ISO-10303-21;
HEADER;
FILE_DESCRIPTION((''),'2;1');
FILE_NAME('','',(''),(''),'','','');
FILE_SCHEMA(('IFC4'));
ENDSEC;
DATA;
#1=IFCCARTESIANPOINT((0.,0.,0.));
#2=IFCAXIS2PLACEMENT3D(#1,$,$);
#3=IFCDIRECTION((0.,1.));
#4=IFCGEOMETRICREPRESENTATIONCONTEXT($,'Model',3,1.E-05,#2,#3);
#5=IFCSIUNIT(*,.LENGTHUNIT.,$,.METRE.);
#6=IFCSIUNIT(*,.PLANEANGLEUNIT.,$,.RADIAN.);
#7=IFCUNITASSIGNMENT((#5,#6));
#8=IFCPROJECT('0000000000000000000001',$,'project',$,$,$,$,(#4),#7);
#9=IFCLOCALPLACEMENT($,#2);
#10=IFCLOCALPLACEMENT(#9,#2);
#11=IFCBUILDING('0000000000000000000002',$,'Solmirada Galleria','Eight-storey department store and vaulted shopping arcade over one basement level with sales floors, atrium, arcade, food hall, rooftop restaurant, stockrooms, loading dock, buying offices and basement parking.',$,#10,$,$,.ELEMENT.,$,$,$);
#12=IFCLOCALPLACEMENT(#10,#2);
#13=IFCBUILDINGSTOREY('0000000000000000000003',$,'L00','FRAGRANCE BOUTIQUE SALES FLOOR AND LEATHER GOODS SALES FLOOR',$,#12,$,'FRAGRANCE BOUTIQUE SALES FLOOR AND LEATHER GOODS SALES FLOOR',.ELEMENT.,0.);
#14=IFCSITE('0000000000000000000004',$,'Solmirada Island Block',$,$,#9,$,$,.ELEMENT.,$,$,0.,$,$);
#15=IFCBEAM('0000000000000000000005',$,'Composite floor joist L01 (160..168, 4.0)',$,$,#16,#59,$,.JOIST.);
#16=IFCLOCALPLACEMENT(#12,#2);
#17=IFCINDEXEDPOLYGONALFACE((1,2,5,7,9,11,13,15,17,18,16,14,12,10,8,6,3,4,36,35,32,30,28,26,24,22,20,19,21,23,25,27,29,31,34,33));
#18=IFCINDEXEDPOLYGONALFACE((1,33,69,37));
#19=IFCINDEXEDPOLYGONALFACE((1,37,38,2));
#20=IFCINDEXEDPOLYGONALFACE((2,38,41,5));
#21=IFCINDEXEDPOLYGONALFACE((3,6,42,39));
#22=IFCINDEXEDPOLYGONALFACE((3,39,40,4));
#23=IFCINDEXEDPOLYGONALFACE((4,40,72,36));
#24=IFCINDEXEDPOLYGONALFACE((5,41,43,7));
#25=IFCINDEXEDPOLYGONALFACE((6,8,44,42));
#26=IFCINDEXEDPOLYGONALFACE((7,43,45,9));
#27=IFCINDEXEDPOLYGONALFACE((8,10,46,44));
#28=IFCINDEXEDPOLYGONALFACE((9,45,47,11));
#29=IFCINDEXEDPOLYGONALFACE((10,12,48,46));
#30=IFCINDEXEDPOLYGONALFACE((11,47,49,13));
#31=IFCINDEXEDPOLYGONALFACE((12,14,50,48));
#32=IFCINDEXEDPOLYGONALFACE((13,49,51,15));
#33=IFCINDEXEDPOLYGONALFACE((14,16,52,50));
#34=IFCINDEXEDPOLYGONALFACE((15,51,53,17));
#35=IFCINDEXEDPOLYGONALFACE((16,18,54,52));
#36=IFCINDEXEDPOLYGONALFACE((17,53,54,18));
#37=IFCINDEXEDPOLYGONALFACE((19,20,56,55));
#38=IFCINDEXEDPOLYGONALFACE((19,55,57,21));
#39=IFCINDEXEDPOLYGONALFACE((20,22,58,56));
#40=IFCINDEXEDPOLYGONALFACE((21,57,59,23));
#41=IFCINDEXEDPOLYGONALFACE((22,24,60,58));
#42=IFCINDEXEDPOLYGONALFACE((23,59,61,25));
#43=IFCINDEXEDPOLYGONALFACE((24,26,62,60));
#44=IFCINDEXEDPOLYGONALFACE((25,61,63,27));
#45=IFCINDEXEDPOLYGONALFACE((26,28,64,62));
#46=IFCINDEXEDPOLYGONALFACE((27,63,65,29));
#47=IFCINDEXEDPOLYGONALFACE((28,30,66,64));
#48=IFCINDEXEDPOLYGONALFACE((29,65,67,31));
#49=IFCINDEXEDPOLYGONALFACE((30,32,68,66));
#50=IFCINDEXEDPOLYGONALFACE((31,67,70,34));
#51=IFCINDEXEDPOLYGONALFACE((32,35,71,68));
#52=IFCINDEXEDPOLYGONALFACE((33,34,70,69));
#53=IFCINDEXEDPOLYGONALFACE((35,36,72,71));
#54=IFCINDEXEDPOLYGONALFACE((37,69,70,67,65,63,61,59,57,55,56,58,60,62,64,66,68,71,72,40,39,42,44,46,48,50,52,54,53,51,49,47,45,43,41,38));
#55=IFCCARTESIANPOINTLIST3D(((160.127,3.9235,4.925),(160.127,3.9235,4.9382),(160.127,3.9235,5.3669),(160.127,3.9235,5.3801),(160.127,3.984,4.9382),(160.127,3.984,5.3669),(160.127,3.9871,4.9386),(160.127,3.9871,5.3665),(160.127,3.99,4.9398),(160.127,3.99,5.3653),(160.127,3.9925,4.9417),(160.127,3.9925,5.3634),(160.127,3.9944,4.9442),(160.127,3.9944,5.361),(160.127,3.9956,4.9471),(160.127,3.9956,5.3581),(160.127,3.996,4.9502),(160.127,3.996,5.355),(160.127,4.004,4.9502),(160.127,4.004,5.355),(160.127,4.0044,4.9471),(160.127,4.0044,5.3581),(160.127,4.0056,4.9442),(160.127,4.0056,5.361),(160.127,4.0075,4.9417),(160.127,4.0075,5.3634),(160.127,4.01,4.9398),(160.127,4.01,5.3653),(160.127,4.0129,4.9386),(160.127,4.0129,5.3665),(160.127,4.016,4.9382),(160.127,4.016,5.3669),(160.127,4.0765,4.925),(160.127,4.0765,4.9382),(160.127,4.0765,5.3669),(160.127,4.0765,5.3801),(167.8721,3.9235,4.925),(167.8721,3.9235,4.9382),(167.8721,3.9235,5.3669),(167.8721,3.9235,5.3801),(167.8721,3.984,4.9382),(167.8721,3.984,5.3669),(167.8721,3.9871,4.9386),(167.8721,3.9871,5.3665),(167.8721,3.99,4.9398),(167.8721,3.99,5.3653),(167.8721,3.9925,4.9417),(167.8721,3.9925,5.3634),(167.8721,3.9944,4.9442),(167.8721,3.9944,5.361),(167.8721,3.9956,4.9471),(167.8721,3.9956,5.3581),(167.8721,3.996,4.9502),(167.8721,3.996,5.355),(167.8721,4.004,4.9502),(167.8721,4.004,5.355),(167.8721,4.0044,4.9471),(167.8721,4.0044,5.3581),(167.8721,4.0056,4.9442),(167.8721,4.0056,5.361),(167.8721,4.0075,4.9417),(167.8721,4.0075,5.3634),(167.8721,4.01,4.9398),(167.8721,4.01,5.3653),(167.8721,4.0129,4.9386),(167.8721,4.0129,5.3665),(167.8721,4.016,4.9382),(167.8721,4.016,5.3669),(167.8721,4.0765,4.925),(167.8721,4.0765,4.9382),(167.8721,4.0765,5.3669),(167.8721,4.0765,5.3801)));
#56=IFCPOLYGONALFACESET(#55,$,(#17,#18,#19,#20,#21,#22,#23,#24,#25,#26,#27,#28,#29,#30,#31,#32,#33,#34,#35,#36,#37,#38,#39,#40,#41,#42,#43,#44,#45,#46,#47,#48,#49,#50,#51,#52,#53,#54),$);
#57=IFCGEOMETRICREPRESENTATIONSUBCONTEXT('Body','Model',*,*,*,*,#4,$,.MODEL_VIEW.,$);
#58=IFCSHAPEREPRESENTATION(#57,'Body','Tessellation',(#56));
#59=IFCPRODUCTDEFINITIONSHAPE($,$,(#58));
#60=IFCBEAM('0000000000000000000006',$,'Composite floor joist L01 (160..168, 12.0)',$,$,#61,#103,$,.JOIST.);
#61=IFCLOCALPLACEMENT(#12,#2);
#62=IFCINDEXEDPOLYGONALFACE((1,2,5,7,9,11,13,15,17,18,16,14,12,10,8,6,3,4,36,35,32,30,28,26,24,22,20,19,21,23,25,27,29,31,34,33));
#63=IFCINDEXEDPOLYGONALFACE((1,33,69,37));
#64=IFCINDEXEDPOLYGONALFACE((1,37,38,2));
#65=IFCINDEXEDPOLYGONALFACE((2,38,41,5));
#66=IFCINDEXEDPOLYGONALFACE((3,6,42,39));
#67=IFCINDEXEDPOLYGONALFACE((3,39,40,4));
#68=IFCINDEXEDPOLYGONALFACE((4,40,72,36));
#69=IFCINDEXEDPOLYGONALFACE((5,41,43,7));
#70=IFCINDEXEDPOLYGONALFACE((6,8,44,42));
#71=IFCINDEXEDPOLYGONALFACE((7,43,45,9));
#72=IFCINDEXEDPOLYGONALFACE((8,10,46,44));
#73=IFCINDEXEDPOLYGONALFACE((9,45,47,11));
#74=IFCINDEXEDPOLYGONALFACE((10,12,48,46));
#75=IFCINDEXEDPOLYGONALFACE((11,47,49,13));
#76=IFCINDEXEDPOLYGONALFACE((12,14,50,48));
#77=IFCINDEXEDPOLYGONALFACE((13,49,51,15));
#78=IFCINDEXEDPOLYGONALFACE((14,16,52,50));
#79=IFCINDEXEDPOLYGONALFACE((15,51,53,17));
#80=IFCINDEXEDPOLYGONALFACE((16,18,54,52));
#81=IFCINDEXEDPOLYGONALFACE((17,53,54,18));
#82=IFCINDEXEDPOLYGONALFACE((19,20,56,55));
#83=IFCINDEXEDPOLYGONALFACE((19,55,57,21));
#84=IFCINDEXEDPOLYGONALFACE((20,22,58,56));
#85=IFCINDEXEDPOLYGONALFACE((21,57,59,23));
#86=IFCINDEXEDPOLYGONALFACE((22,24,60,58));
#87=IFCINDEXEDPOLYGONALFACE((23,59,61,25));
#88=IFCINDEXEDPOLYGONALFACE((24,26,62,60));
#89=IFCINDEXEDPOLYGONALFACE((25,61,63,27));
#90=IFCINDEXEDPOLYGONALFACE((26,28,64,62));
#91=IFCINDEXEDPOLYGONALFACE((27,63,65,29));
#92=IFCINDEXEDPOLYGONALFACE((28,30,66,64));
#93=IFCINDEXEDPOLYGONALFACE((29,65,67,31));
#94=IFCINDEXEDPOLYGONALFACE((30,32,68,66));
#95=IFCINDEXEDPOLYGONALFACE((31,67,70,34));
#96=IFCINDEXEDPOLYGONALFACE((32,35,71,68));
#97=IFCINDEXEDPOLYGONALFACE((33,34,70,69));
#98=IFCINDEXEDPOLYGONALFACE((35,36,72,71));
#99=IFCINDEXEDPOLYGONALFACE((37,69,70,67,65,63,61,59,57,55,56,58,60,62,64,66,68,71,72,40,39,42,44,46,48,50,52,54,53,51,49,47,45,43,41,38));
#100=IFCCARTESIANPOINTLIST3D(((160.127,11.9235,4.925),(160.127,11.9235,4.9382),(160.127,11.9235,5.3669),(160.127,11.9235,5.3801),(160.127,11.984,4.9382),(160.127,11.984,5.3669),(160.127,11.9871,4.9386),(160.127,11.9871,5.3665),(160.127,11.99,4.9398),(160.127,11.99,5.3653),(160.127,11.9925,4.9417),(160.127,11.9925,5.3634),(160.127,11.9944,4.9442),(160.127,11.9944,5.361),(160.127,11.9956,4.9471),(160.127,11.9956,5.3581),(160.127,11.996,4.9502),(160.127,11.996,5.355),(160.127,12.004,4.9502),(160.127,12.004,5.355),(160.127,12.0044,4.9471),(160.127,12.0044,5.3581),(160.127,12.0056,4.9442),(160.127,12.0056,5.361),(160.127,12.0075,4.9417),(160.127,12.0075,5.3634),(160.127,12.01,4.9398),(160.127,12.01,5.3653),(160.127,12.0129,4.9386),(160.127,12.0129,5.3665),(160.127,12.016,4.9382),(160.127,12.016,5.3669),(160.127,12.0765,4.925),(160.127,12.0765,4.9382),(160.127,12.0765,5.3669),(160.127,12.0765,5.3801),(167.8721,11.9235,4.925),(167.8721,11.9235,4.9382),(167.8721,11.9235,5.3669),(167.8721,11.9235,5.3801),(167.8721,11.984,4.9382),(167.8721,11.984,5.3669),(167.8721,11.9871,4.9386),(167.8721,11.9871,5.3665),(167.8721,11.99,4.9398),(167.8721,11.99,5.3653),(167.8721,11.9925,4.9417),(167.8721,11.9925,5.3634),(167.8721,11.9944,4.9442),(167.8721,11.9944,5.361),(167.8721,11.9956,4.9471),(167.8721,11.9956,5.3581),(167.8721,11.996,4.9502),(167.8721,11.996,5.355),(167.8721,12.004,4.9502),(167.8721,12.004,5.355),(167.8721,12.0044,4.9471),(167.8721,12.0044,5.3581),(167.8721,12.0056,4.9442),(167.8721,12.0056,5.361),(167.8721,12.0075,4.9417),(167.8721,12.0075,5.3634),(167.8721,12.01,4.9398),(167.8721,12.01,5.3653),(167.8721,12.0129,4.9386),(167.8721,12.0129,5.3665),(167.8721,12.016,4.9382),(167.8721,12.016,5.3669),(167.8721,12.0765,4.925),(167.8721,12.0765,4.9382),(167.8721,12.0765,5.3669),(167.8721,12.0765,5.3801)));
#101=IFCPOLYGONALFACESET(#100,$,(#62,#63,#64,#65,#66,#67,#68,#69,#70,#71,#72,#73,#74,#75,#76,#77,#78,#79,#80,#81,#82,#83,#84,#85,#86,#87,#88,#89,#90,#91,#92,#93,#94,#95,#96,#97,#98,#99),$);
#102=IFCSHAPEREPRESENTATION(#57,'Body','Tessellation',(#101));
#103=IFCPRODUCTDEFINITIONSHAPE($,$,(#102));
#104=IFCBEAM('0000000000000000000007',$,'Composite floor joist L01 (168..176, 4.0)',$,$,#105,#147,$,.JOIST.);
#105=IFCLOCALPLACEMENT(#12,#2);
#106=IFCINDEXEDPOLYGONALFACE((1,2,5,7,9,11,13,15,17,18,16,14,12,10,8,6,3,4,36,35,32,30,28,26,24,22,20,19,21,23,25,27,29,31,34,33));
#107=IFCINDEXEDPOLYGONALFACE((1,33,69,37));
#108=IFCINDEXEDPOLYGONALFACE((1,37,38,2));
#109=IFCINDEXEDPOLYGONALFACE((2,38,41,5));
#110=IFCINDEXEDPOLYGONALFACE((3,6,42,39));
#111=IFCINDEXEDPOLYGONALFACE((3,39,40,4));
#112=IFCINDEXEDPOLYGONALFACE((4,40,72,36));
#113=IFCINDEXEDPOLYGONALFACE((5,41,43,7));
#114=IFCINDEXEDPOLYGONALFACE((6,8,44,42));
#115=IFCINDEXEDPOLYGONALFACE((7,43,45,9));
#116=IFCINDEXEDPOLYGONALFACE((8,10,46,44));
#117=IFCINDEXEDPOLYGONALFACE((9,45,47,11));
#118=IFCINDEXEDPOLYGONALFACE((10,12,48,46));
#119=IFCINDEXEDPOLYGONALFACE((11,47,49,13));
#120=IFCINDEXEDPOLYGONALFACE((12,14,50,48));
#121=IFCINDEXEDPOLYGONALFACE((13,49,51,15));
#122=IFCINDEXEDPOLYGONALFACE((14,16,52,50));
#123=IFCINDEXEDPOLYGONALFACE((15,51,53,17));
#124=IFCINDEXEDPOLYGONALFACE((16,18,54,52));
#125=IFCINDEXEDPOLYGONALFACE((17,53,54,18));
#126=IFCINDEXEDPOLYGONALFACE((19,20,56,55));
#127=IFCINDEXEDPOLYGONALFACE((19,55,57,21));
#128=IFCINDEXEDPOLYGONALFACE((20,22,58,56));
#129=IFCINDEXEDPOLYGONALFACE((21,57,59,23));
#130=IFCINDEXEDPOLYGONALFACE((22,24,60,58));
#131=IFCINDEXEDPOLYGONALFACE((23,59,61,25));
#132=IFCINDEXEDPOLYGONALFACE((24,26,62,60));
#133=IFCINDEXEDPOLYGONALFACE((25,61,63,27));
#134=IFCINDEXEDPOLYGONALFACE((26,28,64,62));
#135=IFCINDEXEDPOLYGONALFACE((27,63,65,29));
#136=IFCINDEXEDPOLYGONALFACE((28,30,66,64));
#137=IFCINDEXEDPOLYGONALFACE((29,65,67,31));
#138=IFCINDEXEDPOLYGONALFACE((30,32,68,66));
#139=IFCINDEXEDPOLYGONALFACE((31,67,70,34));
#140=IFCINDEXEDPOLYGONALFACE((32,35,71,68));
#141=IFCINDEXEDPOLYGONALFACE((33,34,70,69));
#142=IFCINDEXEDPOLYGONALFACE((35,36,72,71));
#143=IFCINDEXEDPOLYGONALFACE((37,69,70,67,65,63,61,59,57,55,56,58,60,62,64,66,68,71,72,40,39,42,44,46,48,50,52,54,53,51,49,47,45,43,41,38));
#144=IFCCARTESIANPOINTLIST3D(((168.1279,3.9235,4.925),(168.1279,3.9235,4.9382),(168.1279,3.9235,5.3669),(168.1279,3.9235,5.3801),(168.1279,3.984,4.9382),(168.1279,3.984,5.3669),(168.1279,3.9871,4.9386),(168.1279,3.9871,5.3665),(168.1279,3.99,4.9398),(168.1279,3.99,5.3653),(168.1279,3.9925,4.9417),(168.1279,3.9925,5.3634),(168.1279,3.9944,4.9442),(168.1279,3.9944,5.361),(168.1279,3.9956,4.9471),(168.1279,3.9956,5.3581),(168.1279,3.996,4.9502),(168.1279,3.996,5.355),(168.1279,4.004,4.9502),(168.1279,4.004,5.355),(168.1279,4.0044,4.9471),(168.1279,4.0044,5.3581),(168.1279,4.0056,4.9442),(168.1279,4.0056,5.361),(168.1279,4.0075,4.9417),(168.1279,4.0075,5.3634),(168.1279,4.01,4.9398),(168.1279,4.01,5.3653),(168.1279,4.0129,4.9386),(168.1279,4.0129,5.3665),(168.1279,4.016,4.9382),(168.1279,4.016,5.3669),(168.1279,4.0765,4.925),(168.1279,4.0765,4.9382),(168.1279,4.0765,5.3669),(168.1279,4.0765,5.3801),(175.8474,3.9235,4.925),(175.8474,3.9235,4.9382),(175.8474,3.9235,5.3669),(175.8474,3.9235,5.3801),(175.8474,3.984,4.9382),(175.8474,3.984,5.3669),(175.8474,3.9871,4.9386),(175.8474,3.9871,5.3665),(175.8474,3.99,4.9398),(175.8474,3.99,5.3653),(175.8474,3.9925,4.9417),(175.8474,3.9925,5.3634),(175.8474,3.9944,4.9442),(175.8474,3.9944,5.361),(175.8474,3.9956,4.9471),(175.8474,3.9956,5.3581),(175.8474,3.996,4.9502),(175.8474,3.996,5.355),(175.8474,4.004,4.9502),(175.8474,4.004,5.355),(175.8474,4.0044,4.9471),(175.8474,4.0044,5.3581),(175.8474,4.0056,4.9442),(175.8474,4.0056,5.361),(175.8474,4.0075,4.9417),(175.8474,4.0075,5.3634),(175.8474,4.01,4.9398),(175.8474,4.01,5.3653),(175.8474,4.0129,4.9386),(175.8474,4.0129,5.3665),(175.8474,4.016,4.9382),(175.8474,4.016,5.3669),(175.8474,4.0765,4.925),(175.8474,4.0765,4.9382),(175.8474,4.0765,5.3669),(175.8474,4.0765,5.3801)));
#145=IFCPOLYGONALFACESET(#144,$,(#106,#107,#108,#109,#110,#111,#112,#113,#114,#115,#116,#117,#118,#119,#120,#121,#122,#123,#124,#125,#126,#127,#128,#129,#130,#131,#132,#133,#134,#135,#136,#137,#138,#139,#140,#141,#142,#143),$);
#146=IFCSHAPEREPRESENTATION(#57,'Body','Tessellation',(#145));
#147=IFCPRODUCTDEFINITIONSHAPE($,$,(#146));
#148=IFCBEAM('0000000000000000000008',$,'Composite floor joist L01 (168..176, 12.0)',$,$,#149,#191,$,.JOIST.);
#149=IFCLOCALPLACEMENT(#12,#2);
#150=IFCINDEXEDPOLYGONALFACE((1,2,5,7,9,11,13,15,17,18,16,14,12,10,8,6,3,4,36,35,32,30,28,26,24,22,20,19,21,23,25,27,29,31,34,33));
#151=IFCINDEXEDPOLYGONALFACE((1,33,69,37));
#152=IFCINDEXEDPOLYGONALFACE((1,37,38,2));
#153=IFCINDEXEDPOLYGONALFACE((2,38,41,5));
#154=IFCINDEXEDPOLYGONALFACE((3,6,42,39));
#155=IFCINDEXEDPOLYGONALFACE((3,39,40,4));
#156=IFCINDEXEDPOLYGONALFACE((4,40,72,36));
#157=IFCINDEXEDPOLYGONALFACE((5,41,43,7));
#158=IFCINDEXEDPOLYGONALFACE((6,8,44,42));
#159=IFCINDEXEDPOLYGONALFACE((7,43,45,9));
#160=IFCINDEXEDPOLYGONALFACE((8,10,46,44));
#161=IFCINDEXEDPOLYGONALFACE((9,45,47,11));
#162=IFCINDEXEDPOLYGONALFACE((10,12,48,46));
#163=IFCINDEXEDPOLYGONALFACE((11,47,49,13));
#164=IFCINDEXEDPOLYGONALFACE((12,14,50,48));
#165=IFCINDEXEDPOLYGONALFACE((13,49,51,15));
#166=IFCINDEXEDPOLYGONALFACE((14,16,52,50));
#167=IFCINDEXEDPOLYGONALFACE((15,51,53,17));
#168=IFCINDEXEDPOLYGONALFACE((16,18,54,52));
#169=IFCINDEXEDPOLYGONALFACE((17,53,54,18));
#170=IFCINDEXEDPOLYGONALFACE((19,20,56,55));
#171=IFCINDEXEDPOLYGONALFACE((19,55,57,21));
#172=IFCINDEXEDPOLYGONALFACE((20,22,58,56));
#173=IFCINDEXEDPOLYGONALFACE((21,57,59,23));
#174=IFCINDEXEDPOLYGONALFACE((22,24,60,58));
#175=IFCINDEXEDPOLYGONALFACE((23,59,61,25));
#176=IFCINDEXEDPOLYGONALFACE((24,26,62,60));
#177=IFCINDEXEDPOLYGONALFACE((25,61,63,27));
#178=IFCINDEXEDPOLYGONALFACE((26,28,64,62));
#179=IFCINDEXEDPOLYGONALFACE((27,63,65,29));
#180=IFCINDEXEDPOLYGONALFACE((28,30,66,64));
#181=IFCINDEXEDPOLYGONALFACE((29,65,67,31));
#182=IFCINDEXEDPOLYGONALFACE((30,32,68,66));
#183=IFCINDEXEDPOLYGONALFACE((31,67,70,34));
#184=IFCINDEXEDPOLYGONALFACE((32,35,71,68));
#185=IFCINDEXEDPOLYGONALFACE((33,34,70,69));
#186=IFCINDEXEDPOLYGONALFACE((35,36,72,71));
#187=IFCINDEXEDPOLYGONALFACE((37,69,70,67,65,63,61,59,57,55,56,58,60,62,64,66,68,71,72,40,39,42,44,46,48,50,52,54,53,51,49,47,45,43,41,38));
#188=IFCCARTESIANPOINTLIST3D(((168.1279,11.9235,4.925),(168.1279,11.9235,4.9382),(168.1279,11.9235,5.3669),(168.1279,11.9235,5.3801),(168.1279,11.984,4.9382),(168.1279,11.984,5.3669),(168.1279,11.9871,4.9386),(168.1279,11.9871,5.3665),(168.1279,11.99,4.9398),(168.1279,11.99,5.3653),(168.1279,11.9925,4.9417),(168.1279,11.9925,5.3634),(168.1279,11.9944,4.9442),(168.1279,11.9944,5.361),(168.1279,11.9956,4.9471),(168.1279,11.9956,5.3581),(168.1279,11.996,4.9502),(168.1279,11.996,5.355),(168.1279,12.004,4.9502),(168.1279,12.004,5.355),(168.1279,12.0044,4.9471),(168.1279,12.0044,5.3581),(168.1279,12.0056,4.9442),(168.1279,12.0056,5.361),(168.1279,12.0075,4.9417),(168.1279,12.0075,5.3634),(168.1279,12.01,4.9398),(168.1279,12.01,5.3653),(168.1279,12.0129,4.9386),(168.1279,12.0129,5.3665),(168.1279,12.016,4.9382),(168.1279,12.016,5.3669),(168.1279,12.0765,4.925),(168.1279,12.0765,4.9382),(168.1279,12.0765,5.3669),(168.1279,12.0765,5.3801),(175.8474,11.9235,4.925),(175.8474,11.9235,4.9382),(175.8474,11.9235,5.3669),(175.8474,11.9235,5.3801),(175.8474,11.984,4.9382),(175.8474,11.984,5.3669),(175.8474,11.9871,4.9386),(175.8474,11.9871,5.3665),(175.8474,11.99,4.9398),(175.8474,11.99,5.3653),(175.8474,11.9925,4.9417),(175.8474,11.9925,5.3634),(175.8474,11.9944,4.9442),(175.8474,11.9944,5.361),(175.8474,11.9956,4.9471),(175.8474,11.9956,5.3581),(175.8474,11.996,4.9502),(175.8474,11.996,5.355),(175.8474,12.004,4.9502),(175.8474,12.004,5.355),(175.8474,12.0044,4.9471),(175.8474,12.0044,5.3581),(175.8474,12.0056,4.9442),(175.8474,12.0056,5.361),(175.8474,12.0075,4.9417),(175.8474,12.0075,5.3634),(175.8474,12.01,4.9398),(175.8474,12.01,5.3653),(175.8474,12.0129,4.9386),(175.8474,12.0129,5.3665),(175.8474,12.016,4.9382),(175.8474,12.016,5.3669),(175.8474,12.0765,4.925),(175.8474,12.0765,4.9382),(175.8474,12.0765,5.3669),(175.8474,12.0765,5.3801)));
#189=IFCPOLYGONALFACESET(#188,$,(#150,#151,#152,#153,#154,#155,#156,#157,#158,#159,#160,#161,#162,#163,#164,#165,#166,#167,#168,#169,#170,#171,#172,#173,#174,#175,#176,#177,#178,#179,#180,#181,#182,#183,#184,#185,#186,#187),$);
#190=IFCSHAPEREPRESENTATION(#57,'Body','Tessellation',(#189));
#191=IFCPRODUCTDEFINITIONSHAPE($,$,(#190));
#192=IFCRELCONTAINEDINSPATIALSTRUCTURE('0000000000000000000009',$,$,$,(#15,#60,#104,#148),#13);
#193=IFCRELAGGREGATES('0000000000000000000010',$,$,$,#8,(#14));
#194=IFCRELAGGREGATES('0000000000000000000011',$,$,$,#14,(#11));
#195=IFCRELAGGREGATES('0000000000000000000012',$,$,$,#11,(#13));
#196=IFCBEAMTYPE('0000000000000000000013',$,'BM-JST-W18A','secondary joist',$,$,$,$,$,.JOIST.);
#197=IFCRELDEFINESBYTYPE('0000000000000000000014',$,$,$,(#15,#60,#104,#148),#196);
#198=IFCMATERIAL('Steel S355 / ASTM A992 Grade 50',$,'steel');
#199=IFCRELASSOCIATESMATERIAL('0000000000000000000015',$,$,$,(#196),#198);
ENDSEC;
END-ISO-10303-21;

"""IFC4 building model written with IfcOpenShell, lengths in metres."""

from ifc_helpers import new_model, si_unit, direction, frame, origin, origin_2d, place, context, subcontext, project, spatial, i_section, extrude, material, material_profile, profile_set, type_object, element, save


model = new_model("IFC4")

# Units and contexts
model_context = context("Model", 3, precision=1e-05, world=origin(), true_north=direction((0.0, 1.0)))
body_context = subcontext(model_context, "Body", "Model", "MODEL_VIEW")
ifc_project = project(units=[si_unit("LENGTHUNIT", "METRE"), si_unit("PLANEANGLEUNIT", "RADIAN")], contexts=[model_context])

# Site, building, storey
site_placement = place(None, origin())
site = spatial("IfcSite", under=ifc_project, at=site_placement, Name="Solmirada Island Block", CompositionType="ELEMENT", RefElevation=0.0)
building_placement = place(site_placement, origin())
building = spatial("IfcBuilding", under=site, at=building_placement, Name="Solmirada Galleria", Description="Eight-storey department store and vaulted shopping arcade over one basement level with sales floors, atrium, arcade, food hall, rooftop restaurant, stockrooms, loading dock, buying offices and basement parking.", CompositionType="ELEMENT")
storey_placement = place(building_placement, origin())
storey = spatial("IfcBuildingStorey", under=building, at=storey_placement, Name="L00", Description="FRAGRANCE BOUTIQUE SALES FLOOR AND LEATHER GOODS SALES FLOOR", LongName="FRAGRANCE BOUTIQUE SALES FLOOR AND LEATHER GOODS SALES FLOOR", CompositionType="ELEMENT", Elevation=0.0)

# Beams
ifc_material_1 = material(Name="Steel S355 / ASTM A992 Grade 50", Category="steel")
ifc_material_profile_1 = material_profile(ifc_material_1, i_section(OverallWidth=0.1531, OverallDepth=0.4551, WebThickness=0.0081, FlangeThickness=0.0132, FilletRadius=0.012, at=origin_2d()), Name="W18X40")
ifc_profile_set_1 = profile_set([ifc_material_profile_1], Name="Steel S355 / ASTM A992 Grade 50")
beam_type_1 = type_object("IfcBeamType", Name="BM-JST-W18A", Description="secondary joist", PredefinedType="JOIST", material=ifc_profile_set_1)
for number, where, z_axis, x_axis, name in (
    (1, (160.127, 4.0, 5.1526), (1.0, 0.0, 0.0), (0.0, 1.0, 0.0), "Composite floor joist L01 (160..168, 4.0)"),
    (2, (160.127, 12.0, 5.1526), (1.0, 0.0, 0.0), (0.0, 1.0, 0.0), "Composite floor joist L01 (160..168, 12.0)"),
):
    element("IfcBeam", number, at=place(storey_placement, frame(where, z_axis=z_axis, x_axis=x_axis)), inside=storey, type_object=beam_type_1, Name=name, PredefinedType="JOIST", context=body_context, shape_type="SweptSolid", body=[
        extrude(i_section(OverallWidth=0.1531, OverallDepth=0.4551, WebThickness=0.0081, FlangeThickness=0.0132, FilletRadius=0.012, at=origin_2d()), origin(), (0.0, 0.0, 1.0), 7.7451),
    ])
for number, where, z_axis, x_axis, name in (
    (3, (168.1279, 4.0, 5.1526), (1.0, 0.0, 0.0), (0.0, 1.0, 0.0), "Composite floor joist L01 (168..176, 4.0)"),
    (4, (168.1279, 12.0, 5.1526), (1.0, 0.0, 0.0), (0.0, 1.0, 0.0), "Composite floor joist L01 (168..176, 12.0)"),
):
    element("IfcBeam", number, at=place(storey_placement, frame(where, z_axis=z_axis, x_axis=x_axis)), inside=storey, type_object=beam_type_1, Name=name, PredefinedType="JOIST", context=body_context, shape_type="SweptSolid", body=[
        extrude(i_section(OverallWidth=0.1531, OverallDepth=0.4551, WebThickness=0.0081, FlangeThickness=0.0132, FilletRadius=0.012, at=origin_2d()), origin(), (0.0, 0.0, 1.0), 7.7195),
    ])

save(model, "model.ifc")
